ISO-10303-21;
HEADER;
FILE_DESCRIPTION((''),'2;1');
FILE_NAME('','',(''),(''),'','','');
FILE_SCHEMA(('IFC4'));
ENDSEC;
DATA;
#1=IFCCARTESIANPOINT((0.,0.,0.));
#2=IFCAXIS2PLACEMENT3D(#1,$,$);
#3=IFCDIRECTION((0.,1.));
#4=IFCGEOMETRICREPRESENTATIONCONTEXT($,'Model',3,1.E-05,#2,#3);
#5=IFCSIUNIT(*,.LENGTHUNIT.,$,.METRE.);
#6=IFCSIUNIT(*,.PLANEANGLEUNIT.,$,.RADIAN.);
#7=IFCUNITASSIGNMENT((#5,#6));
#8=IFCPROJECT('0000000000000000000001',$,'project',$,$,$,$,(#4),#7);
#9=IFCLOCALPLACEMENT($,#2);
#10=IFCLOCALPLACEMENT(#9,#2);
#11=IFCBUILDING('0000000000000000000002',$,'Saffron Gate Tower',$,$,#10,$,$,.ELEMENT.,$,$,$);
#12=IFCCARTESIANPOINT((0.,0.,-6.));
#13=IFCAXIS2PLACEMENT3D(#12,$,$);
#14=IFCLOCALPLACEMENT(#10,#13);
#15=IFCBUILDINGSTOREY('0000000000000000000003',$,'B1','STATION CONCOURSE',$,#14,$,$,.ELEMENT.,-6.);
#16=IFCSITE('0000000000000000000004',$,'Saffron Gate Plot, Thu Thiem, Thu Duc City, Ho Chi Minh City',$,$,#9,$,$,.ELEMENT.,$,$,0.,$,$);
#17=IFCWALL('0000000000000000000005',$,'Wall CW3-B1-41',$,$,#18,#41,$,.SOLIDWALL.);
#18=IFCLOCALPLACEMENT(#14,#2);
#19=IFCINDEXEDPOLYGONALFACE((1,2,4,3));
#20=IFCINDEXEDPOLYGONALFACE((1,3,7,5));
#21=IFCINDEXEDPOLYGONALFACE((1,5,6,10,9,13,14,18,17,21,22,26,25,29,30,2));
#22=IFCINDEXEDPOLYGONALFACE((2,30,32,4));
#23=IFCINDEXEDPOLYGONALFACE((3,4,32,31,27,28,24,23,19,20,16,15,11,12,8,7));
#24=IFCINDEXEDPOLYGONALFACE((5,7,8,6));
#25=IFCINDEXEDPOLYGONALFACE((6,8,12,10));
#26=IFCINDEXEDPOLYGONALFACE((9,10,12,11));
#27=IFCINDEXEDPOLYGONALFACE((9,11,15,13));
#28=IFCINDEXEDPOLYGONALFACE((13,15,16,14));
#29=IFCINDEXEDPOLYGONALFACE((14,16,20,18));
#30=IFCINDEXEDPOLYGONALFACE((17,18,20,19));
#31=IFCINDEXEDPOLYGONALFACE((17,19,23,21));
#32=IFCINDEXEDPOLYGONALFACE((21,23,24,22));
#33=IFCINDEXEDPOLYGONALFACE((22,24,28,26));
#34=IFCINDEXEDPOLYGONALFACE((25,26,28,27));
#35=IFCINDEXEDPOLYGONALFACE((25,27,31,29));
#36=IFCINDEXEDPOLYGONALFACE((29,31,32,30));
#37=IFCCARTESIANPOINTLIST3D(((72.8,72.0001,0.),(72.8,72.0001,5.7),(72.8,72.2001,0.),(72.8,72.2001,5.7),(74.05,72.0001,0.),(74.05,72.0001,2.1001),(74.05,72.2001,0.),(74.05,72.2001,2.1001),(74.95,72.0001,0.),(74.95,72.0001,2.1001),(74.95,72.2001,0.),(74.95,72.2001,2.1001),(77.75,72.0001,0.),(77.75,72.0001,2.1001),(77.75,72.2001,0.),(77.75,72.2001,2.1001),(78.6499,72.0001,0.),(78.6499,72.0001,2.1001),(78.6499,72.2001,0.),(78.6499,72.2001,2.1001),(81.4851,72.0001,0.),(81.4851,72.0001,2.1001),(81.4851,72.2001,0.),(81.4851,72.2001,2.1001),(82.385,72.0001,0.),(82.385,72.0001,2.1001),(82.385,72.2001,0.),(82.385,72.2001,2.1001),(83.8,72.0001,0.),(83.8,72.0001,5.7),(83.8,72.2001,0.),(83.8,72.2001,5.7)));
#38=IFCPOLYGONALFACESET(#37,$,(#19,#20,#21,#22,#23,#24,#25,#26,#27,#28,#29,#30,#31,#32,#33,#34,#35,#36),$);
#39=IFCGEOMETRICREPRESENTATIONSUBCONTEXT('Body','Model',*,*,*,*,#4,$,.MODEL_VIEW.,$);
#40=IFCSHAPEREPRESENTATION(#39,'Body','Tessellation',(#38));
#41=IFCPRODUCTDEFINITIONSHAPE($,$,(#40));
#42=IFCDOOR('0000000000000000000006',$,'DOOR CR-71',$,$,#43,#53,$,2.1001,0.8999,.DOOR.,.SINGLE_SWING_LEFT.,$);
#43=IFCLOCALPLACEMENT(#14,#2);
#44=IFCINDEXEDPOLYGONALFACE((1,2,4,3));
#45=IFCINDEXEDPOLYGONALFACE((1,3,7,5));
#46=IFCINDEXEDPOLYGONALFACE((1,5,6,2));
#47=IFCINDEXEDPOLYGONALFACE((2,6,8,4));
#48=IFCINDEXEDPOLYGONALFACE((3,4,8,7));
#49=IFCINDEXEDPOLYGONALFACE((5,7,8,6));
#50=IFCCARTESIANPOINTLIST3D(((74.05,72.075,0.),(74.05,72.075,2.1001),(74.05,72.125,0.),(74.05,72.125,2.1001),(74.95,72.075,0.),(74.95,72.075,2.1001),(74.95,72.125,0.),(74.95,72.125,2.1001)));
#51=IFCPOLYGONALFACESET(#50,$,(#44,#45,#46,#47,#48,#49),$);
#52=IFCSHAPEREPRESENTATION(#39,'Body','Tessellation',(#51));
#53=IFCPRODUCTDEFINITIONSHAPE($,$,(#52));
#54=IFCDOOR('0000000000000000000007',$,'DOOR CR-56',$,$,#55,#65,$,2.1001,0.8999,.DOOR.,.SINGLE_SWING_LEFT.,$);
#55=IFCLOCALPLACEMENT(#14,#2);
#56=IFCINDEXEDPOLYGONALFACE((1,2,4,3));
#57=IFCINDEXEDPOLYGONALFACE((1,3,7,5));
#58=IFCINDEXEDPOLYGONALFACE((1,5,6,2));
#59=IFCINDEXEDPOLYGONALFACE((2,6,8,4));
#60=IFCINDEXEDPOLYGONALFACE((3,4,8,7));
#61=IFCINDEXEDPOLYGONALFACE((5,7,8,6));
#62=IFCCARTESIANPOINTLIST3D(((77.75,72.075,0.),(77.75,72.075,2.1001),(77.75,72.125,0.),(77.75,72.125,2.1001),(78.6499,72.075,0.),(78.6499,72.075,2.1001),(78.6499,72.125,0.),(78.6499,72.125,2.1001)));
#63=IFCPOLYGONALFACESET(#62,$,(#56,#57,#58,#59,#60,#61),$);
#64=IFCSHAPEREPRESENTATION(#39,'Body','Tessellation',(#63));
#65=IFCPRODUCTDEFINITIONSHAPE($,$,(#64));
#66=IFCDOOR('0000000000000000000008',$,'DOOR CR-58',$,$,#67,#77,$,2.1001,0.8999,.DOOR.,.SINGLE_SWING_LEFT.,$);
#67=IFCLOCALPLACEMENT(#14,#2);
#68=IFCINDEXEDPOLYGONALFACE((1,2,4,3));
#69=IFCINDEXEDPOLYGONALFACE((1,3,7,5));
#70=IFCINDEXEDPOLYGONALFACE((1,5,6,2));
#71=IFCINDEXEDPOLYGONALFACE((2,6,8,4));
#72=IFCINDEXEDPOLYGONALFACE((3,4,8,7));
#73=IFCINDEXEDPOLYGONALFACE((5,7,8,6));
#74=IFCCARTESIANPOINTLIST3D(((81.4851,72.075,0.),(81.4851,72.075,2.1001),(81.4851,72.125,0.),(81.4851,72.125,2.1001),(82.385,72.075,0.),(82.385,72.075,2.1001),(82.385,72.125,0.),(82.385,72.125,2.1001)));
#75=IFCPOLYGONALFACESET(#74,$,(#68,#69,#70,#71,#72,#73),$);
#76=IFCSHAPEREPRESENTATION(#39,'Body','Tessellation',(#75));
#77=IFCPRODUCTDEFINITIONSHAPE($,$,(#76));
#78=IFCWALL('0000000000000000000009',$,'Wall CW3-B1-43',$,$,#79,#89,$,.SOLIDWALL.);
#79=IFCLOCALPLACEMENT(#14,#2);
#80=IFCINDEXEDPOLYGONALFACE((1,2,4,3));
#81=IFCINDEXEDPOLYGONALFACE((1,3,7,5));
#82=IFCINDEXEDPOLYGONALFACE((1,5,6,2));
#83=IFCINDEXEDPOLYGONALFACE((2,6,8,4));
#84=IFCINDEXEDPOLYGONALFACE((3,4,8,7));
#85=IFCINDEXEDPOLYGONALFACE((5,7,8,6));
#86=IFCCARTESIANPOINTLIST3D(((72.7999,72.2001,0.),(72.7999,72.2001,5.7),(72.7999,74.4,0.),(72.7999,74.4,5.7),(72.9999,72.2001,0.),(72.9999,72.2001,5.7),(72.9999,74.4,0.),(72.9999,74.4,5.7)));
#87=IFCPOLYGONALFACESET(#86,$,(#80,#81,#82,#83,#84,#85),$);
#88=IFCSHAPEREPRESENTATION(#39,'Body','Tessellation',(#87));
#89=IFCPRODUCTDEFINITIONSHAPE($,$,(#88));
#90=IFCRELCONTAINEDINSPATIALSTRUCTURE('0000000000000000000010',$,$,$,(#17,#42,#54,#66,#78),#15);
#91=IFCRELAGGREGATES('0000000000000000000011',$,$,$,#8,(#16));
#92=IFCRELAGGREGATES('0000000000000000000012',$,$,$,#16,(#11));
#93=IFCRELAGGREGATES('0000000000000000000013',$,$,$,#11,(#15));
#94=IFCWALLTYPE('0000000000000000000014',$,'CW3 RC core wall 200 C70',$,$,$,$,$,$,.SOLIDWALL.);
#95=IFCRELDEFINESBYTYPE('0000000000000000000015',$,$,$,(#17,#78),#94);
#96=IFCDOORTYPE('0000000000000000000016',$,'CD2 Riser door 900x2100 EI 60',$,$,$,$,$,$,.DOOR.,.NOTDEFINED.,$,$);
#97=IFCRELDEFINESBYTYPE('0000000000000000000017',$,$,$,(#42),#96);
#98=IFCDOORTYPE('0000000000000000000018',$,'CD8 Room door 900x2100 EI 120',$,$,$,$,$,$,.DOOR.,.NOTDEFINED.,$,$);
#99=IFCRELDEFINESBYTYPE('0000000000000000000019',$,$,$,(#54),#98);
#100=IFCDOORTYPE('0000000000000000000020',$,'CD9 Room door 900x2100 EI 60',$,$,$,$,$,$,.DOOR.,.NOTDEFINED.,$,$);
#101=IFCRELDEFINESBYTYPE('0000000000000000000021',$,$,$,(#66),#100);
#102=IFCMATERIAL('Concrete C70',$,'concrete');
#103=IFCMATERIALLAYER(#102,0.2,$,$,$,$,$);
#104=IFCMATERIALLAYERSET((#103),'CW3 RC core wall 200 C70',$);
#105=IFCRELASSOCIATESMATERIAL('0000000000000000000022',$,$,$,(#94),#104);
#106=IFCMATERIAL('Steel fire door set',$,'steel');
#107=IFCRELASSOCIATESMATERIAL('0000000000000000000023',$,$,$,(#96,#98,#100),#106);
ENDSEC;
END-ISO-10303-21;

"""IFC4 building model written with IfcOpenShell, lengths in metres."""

from ifc_helpers import new_model, si_unit, direction, frame, frame_2d, origin, place, context, subcontext, project, spatial, rectangle, extrude, material, layer, layer_set, type_object, element, fill, save


model = new_model("IFC4")

# Units and contexts
model_context = context("Model", 3, precision=1e-05, world=origin(), true_north=direction((0.0, 1.0)))
body_context = subcontext(model_context, "Body", "Model", "MODEL_VIEW")
ifc_project = project(units=[si_unit("LENGTHUNIT", "METRE"), si_unit("PLANEANGLEUNIT", "RADIAN")], contexts=[model_context])

# Site, building, storey
site_placement = place(None, origin())
site = spatial("IfcSite", under=ifc_project, at=site_placement, Name="Saffron Gate Plot, Thu Thiem, Thu Duc City, Ho Chi Minh City", CompositionType="ELEMENT", RefElevation=0.0)
building_placement = place(site_placement, origin())
building = spatial("IfcBuilding", under=site, at=building_placement, Name="Saffron Gate Tower", CompositionType="ELEMENT")
storey_placement = place(building_placement, frame((0.0, 0.0, -6.0)))
storey = spatial("IfcBuildingStorey", under=building, at=storey_placement, Name="B1", Description="STATION CONCOURSE", CompositionType="ELEMENT", Elevation=-6.0)

# Shared definitions
ifc_material_1 = material(Name="Concrete C70", Category="concrete")
ifc_material_2 = material(Name="Steel fire door set", Category="steel")
ifc_layer_1 = layer(ifc_material_1, 0.2)
ifc_layer_set_1 = layer_set([ifc_layer_1], Name="CW3 RC core wall 200 C70")
wall_type_1 = type_object("IfcWallType", Name="CW3 RC core wall 200 C70", PredefinedType="SOLIDWALL", material=ifc_layer_set_1)

# Wall, openings, doors
wall_1_placement = place(storey_placement, frame((72.8, 72.1001, 0.0), z_axis=(0.0, 0.0, 1.0), x_axis=(1.0, 0.0, 0.0)))
wall_1 = element("IfcWall", 1, at=wall_1_placement, inside=storey, type_object=wall_type_1, Name="Wall CW3-B1-41", PredefinedType="SOLIDWALL", context=body_context, shape_type="SweptSolid", body=[
    extrude(rectangle(XDim=11.0, YDim=0.2, at=frame_2d((5.5, 0.0))), origin(), (0.0, 0.0, 1.0), 5.7),
])
opening_1_placement = place(wall_1_placement, frame((1.25, 0.0, 0.0)))
opening_1 = element("IfcOpeningElement", 2, at=opening_1_placement, cuts=wall_1, PredefinedType="OPENING", context=body_context, shape_type="SweptSolid", body=[
    extrude(rectangle(XDim=0.8999, YDim=2.1001, at=frame_2d((0.45, 1.05))), frame((0.0, 0.1099, 0.0), z_axis=(0.0, -1.0, 0.0), x_axis=(1.0, 0.0, 0.0)), (0.0, 0.0, 1.0), 0.22),
])
opening_2_placement = place(wall_1_placement, frame((4.95, 0.0, 0.0)))
opening_2 = element("IfcOpeningElement", 3, at=opening_2_placement, cuts=wall_1, PredefinedType="OPENING", context=body_context, shape_type="SweptSolid", body=[
    extrude(rectangle(XDim=0.8999, YDim=2.1001, at=frame_2d((0.45, 1.05))), frame((0.0, 0.1099, 0.0), z_axis=(0.0, -1.0, 0.0), x_axis=(1.0, 0.0, 0.0)), (0.0, 0.0, 1.0), 0.22),
])
opening_3_placement = place(wall_1_placement, frame((8.6851, 0.0, 0.0)))
opening_3 = element("IfcOpeningElement", 4, at=opening_3_placement, cuts=wall_1, PredefinedType="OPENING", context=body_context, shape_type="SweptSolid", body=[
    extrude(rectangle(XDim=0.8999, YDim=2.1001, at=frame_2d((0.45, 1.05))), frame((0.0, 0.1099, 0.0), z_axis=(0.0, -1.0, 0.0), x_axis=(1.0, 0.0, 0.0)), (0.0, 0.0, 1.0), 0.22),
])
door_type_1 = type_object("IfcDoorType", Name="CD2 Riser door 900x2100 EI 60", OperationType="NOTDEFINED", PredefinedType="DOOR", material=ifc_material_2)
door_1_placement = place(opening_1_placement, origin())
door_1 = element("IfcDoor", 5, at=door_1_placement, inside=storey, type_object=door_type_1, Name="DOOR CR-71", OperationType="SINGLE_SWING_LEFT", OverallHeight=2.1001, OverallWidth=0.8999, PredefinedType="DOOR", context=body_context, shape_type="SweptSolid", body=[
    extrude(rectangle(XDim=0.8999, YDim=2.1001, at=frame_2d((0.45, 1.05))), frame((0.0, 0.0249, 0.0), z_axis=(0.0, -1.0, 0.0), x_axis=(1.0, 0.0, 0.0)), (0.0, 0.0, 1.0), 0.05),
])
fill(opening_1, door_1)
door_type_2 = type_object("IfcDoorType", Name="CD8 Room door 900x2100 EI 120", OperationType="NOTDEFINED", PredefinedType="DOOR", material=ifc_material_2)
door_2_placement = place(opening_2_placement, origin())
door_2 = element("IfcDoor", 6, at=door_2_placement, inside=storey, type_object=door_type_2, Name="DOOR CR-56", OperationType="SINGLE_SWING_LEFT", OverallHeight=2.1001, OverallWidth=0.8999, PredefinedType="DOOR", context=body_context, shape_type="SweptSolid", body=[
    extrude(rectangle(XDim=0.8999, YDim=2.1001, at=frame_2d((0.45, 1.05))), frame((0.0, 0.0249, 0.0), z_axis=(0.0, -1.0, 0.0), x_axis=(1.0, 0.0, 0.0)), (0.0, 0.0, 1.0), 0.05),
])
fill(opening_2, door_2)
door_type_3 = type_object("IfcDoorType", Name="CD9 Room door 900x2100 EI 60", OperationType="NOTDEFINED", PredefinedType="DOOR", material=ifc_material_2)
door_3_placement = place(opening_3_placement, origin())
door_3 = element("IfcDoor", 7, at=door_3_placement, inside=storey, type_object=door_type_3, Name="DOOR CR-58", OperationType="SINGLE_SWING_LEFT", OverallHeight=2.1001, OverallWidth=0.8999, PredefinedType="DOOR", context=body_context, shape_type="SweptSolid", body=[
    extrude(rectangle(XDim=0.8999, YDim=2.1001, at=frame_2d((0.45, 1.05))), frame((0.0, 0.0249, 0.0), z_axis=(0.0, -1.0, 0.0), x_axis=(1.0, 0.0, 0.0)), (0.0, 0.0, 1.0), 0.05),
])
fill(opening_3, door_3)

# Wall
wall_2_placement = place(storey_placement, frame((72.8999, 72.2, 0.0), z_axis=(0.0, 0.0, 1.0), x_axis=(0.0, 1.0, 0.0)))
element("IfcWall", 8, at=wall_2_placement, inside=storey, type_object=wall_type_1, Name="Wall CW3-B1-43", PredefinedType="SOLIDWALL", context=body_context, shape_type="SweptSolid", body=[
    extrude(rectangle(XDim=2.2, YDim=0.2, at=frame_2d((1.1001, 0.0))), origin(), (0.0, 0.0, 1.0), 5.7),
])

save(model, "model.ifc")
